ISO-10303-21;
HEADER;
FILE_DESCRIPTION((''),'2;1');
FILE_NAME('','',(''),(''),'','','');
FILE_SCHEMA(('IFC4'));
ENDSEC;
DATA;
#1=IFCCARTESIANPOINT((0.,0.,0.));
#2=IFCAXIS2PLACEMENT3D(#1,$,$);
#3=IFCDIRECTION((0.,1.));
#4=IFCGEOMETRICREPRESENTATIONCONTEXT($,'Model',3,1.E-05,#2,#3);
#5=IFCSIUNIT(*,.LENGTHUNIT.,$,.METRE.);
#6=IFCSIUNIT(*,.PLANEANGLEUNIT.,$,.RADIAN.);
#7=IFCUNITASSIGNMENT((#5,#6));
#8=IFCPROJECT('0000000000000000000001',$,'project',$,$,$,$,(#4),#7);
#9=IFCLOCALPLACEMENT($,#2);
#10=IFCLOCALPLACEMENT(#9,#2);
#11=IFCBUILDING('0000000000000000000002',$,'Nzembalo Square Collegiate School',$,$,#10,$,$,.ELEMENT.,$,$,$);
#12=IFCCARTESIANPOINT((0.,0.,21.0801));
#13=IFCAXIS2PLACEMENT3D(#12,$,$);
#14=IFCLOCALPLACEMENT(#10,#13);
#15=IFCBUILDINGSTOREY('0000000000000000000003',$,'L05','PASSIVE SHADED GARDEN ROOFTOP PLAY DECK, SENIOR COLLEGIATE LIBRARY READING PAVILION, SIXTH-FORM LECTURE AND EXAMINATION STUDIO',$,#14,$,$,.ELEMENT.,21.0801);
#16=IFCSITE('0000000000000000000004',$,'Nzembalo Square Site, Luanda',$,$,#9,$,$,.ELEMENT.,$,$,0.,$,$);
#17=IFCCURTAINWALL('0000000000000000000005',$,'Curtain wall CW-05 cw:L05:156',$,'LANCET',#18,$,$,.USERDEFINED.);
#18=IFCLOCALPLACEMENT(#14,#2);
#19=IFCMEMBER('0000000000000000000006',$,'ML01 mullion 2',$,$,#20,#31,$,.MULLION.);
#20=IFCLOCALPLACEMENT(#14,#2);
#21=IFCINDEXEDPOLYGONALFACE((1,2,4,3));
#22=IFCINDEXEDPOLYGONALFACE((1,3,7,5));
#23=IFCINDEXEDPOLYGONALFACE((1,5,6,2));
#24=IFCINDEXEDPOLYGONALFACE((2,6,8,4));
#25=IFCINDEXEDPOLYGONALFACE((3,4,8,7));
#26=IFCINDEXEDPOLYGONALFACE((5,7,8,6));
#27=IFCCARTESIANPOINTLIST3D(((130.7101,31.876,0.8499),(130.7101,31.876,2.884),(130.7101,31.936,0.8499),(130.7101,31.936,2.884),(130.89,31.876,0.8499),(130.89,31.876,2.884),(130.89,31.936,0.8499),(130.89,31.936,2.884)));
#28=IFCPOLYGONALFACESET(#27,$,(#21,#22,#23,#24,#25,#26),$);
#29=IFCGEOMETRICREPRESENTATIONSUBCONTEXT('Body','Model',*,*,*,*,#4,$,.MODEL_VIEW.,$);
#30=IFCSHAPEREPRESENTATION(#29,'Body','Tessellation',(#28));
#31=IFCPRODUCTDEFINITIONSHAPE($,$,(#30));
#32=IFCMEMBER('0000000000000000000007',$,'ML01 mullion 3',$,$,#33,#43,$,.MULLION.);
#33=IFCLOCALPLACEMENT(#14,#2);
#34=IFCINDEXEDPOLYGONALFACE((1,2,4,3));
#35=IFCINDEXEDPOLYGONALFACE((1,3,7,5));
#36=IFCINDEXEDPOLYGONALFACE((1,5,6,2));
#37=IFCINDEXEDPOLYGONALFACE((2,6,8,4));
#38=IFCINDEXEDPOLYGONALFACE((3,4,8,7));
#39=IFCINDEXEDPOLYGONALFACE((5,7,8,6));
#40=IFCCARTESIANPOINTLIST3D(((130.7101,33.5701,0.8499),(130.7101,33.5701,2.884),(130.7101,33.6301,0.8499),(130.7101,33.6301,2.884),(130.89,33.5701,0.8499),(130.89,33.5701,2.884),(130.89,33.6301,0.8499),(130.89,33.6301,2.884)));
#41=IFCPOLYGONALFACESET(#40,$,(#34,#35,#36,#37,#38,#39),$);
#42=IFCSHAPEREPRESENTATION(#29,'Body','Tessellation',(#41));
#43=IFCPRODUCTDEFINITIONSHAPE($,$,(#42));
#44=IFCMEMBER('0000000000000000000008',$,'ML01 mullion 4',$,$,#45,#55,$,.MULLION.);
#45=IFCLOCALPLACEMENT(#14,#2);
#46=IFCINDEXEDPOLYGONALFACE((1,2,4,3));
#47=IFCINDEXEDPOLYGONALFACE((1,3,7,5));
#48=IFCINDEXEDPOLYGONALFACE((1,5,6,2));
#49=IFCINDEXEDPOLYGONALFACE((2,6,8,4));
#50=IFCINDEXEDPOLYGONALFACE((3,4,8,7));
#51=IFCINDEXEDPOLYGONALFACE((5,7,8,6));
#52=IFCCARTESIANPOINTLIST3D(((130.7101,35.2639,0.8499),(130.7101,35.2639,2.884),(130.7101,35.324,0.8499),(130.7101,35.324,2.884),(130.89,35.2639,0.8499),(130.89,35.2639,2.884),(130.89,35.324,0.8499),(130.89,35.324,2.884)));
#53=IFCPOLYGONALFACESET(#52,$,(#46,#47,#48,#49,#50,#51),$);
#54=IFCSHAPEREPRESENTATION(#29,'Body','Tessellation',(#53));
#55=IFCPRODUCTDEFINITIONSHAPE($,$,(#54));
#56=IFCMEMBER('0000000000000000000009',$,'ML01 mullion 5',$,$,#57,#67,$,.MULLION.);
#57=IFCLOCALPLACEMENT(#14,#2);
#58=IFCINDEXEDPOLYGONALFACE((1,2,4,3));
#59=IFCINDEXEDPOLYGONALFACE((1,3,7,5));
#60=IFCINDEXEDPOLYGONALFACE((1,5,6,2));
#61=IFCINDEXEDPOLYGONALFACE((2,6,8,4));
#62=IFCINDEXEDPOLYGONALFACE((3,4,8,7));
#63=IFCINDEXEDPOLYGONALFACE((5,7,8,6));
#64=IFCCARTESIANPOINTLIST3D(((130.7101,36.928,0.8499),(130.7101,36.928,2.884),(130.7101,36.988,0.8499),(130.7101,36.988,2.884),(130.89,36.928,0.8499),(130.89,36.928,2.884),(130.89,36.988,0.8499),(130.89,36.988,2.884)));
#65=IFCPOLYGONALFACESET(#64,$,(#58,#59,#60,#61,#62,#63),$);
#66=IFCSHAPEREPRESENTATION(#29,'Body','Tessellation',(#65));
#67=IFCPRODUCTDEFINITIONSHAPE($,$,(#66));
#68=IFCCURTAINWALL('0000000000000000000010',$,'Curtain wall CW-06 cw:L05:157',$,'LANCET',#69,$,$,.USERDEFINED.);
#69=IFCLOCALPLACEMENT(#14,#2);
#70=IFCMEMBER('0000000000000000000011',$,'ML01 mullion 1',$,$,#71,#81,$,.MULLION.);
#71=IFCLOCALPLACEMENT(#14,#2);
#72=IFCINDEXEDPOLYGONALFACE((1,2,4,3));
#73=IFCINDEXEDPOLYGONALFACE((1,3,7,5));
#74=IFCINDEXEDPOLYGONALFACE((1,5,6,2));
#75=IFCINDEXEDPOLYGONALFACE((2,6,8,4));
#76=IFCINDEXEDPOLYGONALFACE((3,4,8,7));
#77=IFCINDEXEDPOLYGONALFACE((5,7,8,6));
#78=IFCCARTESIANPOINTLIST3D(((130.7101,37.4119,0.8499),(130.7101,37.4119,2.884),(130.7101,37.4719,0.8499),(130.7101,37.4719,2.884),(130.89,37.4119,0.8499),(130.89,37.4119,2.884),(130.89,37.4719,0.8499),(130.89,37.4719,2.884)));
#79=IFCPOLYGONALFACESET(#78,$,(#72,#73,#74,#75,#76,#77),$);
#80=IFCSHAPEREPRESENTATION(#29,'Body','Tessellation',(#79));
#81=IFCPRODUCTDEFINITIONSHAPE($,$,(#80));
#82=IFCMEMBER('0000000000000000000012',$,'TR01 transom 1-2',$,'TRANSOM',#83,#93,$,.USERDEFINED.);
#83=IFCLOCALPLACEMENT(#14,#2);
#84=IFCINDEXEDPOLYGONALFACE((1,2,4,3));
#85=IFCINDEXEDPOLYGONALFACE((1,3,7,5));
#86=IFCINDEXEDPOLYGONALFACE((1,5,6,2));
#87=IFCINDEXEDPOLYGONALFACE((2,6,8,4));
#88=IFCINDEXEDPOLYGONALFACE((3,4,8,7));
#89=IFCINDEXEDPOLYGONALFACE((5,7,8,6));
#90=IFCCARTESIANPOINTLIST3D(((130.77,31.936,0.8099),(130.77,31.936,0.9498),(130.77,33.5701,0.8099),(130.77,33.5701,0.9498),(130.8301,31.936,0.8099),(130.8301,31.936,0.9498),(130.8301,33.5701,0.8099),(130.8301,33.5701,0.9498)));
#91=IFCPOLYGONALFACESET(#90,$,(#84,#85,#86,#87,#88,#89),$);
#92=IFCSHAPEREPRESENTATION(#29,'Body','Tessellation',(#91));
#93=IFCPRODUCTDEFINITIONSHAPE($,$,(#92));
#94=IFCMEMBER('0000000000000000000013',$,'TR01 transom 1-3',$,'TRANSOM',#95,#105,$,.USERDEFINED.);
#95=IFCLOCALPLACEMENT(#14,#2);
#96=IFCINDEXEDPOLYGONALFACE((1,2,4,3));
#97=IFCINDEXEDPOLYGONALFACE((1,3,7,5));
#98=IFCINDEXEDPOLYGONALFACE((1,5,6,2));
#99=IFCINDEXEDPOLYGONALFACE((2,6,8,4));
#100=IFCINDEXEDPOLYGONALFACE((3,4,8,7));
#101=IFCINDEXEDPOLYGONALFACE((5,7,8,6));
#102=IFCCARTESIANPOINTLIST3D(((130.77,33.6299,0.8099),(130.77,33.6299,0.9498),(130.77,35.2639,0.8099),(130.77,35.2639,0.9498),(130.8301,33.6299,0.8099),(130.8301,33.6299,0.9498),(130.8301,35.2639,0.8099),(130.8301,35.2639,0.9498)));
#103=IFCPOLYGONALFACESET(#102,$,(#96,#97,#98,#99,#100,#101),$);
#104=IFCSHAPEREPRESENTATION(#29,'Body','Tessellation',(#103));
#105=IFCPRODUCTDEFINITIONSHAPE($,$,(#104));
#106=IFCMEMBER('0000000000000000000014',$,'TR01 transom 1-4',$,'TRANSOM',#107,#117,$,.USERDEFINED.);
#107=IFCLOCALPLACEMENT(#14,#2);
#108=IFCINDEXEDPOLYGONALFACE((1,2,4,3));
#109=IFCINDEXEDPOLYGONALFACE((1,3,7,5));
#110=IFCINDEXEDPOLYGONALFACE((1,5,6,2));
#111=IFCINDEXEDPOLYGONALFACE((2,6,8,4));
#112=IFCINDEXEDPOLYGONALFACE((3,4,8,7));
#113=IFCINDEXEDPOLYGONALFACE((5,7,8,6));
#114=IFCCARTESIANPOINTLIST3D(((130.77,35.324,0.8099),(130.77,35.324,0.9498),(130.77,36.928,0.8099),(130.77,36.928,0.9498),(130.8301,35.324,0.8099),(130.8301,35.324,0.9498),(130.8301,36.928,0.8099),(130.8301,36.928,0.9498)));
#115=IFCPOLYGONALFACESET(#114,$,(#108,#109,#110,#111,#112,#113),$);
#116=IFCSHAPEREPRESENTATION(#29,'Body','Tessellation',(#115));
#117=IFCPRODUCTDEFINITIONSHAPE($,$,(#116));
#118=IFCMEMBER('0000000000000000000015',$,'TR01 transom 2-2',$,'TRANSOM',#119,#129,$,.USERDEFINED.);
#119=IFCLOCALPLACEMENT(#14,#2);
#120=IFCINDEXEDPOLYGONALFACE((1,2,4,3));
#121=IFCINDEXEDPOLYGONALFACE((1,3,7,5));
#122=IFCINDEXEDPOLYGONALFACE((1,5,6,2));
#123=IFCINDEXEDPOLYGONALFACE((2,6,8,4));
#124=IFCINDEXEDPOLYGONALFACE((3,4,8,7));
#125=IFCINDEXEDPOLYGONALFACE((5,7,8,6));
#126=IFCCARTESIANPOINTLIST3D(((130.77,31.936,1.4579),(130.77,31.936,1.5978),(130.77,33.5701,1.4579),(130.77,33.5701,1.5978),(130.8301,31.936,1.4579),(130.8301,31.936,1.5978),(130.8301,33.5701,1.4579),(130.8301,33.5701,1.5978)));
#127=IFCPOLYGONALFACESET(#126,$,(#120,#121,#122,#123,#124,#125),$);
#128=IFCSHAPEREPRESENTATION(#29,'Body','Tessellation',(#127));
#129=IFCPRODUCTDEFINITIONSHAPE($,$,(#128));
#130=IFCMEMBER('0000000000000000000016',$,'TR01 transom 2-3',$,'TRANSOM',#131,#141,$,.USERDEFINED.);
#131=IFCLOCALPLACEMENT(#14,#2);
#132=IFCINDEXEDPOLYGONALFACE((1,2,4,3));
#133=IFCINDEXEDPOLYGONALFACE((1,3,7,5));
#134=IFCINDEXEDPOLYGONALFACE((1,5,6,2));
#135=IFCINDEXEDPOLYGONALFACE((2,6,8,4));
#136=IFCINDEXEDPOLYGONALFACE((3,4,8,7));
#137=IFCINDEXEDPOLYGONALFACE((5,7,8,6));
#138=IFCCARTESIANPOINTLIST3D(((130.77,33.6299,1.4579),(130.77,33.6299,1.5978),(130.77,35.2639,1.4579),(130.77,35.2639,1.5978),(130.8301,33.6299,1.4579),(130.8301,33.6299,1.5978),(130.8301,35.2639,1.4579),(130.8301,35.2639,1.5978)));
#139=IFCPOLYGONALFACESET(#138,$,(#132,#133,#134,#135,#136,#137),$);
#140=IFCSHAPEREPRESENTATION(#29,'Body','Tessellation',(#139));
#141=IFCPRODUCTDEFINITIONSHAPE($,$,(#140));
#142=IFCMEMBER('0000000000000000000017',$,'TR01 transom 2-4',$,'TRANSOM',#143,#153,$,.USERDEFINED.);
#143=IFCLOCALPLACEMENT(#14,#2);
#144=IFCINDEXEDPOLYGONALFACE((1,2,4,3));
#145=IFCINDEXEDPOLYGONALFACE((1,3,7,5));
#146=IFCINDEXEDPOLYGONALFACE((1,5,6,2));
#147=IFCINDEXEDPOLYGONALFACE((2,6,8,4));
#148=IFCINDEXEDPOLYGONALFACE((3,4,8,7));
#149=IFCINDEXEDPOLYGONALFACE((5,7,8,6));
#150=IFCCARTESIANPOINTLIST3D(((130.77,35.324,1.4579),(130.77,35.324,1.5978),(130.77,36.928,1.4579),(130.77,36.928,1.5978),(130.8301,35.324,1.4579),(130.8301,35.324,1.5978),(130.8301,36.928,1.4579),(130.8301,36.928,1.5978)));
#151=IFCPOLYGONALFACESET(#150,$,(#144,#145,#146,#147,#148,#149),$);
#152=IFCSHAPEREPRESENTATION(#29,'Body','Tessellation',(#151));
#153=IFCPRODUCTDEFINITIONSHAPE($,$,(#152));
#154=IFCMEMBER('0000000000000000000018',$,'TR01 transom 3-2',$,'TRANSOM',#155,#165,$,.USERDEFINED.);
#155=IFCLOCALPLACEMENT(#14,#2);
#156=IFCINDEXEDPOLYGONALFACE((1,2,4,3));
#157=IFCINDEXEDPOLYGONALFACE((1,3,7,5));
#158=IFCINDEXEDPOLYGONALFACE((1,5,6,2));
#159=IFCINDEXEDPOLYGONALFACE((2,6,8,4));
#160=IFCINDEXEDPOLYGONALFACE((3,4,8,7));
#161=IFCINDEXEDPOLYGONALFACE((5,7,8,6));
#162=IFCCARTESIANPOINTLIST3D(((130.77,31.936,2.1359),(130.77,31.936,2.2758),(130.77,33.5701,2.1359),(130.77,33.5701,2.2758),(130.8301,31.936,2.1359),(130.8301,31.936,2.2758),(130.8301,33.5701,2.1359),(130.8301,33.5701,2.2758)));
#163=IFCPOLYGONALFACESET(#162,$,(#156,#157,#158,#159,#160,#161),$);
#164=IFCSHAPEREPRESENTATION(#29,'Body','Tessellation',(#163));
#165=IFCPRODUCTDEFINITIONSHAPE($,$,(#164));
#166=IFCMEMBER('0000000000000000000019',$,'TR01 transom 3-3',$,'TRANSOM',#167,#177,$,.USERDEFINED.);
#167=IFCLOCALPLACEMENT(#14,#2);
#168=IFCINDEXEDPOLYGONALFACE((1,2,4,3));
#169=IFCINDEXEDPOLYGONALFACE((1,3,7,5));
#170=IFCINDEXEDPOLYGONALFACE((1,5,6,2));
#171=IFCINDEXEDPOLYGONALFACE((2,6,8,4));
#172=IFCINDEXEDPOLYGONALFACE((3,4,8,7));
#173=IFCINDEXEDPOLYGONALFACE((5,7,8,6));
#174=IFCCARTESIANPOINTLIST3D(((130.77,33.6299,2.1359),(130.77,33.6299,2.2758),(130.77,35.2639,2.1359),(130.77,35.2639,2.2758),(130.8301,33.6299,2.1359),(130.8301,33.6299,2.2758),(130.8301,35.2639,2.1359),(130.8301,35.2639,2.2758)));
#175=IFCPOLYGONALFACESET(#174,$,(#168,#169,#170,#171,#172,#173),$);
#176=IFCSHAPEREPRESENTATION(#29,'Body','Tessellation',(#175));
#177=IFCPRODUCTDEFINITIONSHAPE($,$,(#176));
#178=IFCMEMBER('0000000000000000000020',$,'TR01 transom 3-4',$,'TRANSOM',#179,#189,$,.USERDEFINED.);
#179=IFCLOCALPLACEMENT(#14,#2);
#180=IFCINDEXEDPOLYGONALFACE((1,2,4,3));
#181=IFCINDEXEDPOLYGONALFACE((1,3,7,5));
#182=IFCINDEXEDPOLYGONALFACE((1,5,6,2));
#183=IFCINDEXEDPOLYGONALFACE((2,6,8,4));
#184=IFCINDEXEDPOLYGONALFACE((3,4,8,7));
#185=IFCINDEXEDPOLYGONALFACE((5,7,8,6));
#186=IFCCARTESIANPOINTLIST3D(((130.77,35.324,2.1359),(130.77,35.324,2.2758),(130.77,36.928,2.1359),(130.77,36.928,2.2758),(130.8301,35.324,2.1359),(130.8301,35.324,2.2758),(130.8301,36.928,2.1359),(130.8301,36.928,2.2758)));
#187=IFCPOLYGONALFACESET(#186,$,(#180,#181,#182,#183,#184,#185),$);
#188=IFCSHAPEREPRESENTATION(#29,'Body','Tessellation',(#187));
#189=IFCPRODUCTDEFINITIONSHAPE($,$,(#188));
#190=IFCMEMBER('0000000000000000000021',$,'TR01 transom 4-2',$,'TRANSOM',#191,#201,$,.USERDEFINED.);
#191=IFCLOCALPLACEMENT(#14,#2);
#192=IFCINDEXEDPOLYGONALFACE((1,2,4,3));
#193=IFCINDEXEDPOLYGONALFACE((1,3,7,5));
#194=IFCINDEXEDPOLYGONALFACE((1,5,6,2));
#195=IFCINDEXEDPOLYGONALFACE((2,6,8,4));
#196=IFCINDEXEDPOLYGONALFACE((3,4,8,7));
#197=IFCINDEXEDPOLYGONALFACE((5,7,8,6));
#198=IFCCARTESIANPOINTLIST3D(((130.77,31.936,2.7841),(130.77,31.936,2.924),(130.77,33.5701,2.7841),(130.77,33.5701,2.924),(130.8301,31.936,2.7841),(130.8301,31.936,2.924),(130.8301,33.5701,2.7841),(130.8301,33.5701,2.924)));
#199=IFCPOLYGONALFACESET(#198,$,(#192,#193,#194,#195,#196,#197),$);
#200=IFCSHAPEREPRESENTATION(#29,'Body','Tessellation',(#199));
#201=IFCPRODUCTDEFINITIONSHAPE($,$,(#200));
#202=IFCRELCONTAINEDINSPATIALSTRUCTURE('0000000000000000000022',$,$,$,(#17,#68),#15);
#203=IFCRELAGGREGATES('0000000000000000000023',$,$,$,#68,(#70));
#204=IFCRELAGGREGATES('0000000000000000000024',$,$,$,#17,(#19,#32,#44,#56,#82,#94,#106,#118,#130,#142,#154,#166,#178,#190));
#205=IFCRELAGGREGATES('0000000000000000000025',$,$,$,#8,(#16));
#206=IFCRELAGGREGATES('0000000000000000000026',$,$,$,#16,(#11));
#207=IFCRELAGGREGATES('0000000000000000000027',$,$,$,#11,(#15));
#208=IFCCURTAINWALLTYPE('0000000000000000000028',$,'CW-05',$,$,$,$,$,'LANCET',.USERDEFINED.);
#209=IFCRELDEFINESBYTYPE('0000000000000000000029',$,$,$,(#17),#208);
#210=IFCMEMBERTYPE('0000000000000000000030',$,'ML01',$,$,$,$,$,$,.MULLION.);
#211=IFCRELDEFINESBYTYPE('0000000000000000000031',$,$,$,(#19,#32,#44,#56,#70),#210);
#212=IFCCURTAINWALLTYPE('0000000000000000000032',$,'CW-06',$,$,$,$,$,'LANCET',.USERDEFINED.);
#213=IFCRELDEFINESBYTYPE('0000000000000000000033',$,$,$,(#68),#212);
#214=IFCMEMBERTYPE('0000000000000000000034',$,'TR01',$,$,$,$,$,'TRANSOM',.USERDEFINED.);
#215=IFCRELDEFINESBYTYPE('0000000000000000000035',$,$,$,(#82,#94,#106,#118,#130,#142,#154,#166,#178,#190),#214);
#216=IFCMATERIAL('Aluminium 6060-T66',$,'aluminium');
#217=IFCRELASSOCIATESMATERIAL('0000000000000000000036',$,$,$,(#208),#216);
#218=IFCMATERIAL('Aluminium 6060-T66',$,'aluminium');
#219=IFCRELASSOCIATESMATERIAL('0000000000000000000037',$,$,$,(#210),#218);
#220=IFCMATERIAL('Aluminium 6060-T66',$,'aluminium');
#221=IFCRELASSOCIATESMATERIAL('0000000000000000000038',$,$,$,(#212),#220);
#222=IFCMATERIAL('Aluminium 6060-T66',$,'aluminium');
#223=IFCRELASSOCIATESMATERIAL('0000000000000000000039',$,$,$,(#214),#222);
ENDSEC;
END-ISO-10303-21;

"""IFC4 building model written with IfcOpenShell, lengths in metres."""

from ifc_helpers import new_model, si_unit, direction, frame, origin, origin_2d, place, context, subcontext, project, spatial, rectangle, extrude, material, material_profile, profile_set, type_object, element, aggregate, save


model = new_model("IFC4")

# Units and contexts
model_context = context("Model", 3, precision=1e-05, world=origin(), true_north=direction((0.0, 1.0)))
body_context = subcontext(model_context, "Body", "Model", "MODEL_VIEW")
ifc_project = project(units=[si_unit("LENGTHUNIT", "METRE"), si_unit("PLANEANGLEUNIT", "RADIAN")], contexts=[model_context])

# Site, building, storey
site_placement = place(None, origin())
site = spatial("IfcSite", under=ifc_project, at=site_placement, Name="Nzembalo Square Site, Luanda", CompositionType="ELEMENT", RefElevation=0.0)
building_placement = place(site_placement, origin())
building = spatial("IfcBuilding", under=site, at=building_placement, Name="Nzembalo Square Collegiate School", CompositionType="ELEMENT")
storey_placement = place(building_placement, frame((0.0, 0.0, 21.0801)))
storey = spatial("IfcBuildingStorey", under=building, at=storey_placement, Name="L05", Description="PASSIVE SHADED GARDEN ROOFTOP PLAY DECK, SENIOR COLLEGIATE LIBRARY READING PAVILION, SIXTH-FORM LECTURE AND EXAMINATION STUDIO", CompositionType="ELEMENT", Elevation=21.0801)

# Curtain wall, members
ifc_material_1 = material(Name="Aluminium 6060-T66", Category="aluminium")
curtain_wall_type_1 = type_object("IfcCurtainWallType", Name="CW-05", ElementType="LANCET", PredefinedType="USERDEFINED", material=ifc_material_1)
curtain_wall_1_placement = place(storey_placement, origin())
curtain_wall_1 = element("IfcCurtainWall", 1, at=curtain_wall_1_placement, inside=storey, type_object=curtain_wall_type_1, Name="Curtain wall CW-05 cw:L05:156", ObjectType="LANCET", PredefinedType="USERDEFINED")
ifc_material_2 = material(Name="Aluminium 6060-T66", Category="aluminium")
ifc_material_profile_1 = material_profile(ifc_material_2, rectangle(XDim=0.0601, YDim=0.1799, at=origin_2d()), Name="ALU M60x180")
ifc_profile_set_1 = profile_set([ifc_material_profile_1], Name="Aluminium 6060-T66")
member_type_1 = type_object("IfcMemberType", Name="ML01", PredefinedType="MULLION", material=ifc_profile_set_1)
member_1_placement = place(storey_placement, frame((130.8, 31.906, 0.8499), z_axis=(0.0, 0.0, 1.0), x_axis=(0.0, 1.0, 0.0)))
member_1 = element("IfcMember", 2, at=member_1_placement, type_object=member_type_1, Name="ML01 mullion 2", PredefinedType="MULLION", context=body_context, shape_type="SweptSolid", body=[
    extrude(rectangle(XDim=0.0601, YDim=0.1799, at=origin_2d()), origin(), (0.0, 0.0, 1.0), 2.0342),
])
member_2_placement = place(storey_placement, frame((130.8, 33.6001, 0.8499), z_axis=(0.0, 0.0, 1.0), x_axis=(0.0, 1.0, 0.0)))
member_2 = element("IfcMember", 3, at=member_2_placement, type_object=member_type_1, Name="ML01 mullion 3", PredefinedType="MULLION", context=body_context, shape_type="SweptSolid", body=[
    extrude(rectangle(XDim=0.0601, YDim=0.1799, at=origin_2d()), origin(), (0.0, 0.0, 1.0), 2.0342),
])
member_3_placement = place(storey_placement, frame((130.8, 35.2939, 0.8499), z_axis=(0.0, 0.0, 1.0), x_axis=(0.0, 1.0, 0.0)))
member_3 = element("IfcMember", 4, at=member_3_placement, type_object=member_type_1, Name="ML01 mullion 4", PredefinedType="MULLION", context=body_context, shape_type="SweptSolid", body=[
    extrude(rectangle(XDim=0.0601, YDim=0.1799, at=origin_2d()), origin(), (0.0, 0.0, 1.0), 2.0342),
])
member_4_placement = place(storey_placement, frame((130.8, 36.958, 0.8499), z_axis=(0.0, 0.0, 1.0), x_axis=(0.0, 1.0, 0.0)))
member_4 = element("IfcMember", 5, at=member_4_placement, type_object=member_type_1, Name="ML01 mullion 5", PredefinedType="MULLION", context=body_context, shape_type="SweptSolid", body=[
    extrude(rectangle(XDim=0.0601, YDim=0.1799, at=origin_2d()), origin(), (0.0, 0.0, 1.0), 2.0342),
])

# Curtain wall, member
ifc_material_3 = material(Name="Aluminium 6060-T66", Category="aluminium")
curtain_wall_type_2 = type_object("IfcCurtainWallType", Name="CW-06", ElementType="LANCET", PredefinedType="USERDEFINED", material=ifc_material_3)
curtain_wall_2_placement = place(storey_placement, origin())
curtain_wall_2 = element("IfcCurtainWall", 6, at=curtain_wall_2_placement, inside=storey, type_object=curtain_wall_type_2, Name="Curtain wall CW-06 cw:L05:157", ObjectType="LANCET", PredefinedType="USERDEFINED")
member_5_placement = place(storey_placement, frame((130.8, 37.4419, 0.8499), z_axis=(0.0, 0.0, 1.0), x_axis=(0.0, 1.0, 0.0)))
member_5 = element("IfcMember", 7, at=member_5_placement, type_object=member_type_1, Name="ML01 mullion 1", PredefinedType="MULLION", context=body_context, shape_type="SweptSolid", body=[
    extrude(rectangle(XDim=0.0601, YDim=0.1799, at=origin_2d()), origin(), (0.0, 0.0, 1.0), 2.0342),
])

# Members
ifc_material_4 = material(Name="Aluminium 6060-T66", Category="aluminium")
ifc_material_profile_2 = material_profile(ifc_material_4, rectangle(XDim=0.0601, YDim=0.1399, at=origin_2d()), Name="ALU T60x140")
ifc_profile_set_2 = profile_set([ifc_material_profile_2], Name="Aluminium 6060-T66")
member_type_2 = type_object("IfcMemberType", Name="TR01", ElementType="TRANSOM", PredefinedType="USERDEFINED", material=ifc_profile_set_2)
member_6_placement = place(storey_placement, frame((130.8, 31.936, 0.8799), z_axis=(0.0, 1.0, 0.0), x_axis=(-1.0, 0.0, 0.0)))
member_6 = element("IfcMember", 8, at=member_6_placement, type_object=member_type_2, Name="TR01 transom 1-2", ObjectType="TRANSOM", PredefinedType="USERDEFINED", context=body_context, shape_type="SweptSolid", body=[
    extrude(rectangle(XDim=0.0601, YDim=0.1399, at=origin_2d()), origin(), (0.0, 0.0, 1.0), 1.634),
])
member_7_placement = place(storey_placement, frame((130.8, 33.6299, 0.8799), z_axis=(0.0, 1.0, 0.0), x_axis=(-1.0, 0.0, 0.0)))
member_7 = element("IfcMember", 9, at=member_7_placement, type_object=member_type_2, Name="TR01 transom 1-3", ObjectType="TRANSOM", PredefinedType="USERDEFINED", context=body_context, shape_type="SweptSolid", body=[
    extrude(rectangle(XDim=0.0601, YDim=0.1399, at=origin_2d()), origin(), (0.0, 0.0, 1.0), 1.634),
])
member_8_placement = place(storey_placement, frame((130.8, 35.324, 0.8799), z_axis=(0.0, 1.0, 0.0), x_axis=(-1.0, 0.0, 0.0)))
member_8 = element("IfcMember", 10, at=member_8_placement, type_object=member_type_2, Name="TR01 transom 1-4", ObjectType="TRANSOM", PredefinedType="USERDEFINED", context=body_context, shape_type="SweptSolid", body=[
    extrude(rectangle(XDim=0.0601, YDim=0.1399, at=origin_2d()), origin(), (0.0, 0.0, 1.0), 1.604),
])
member_9_placement = place(storey_placement, frame((130.8, 31.936, 1.5278), z_axis=(0.0, 1.0, 0.0), x_axis=(-1.0, 0.0, 0.0)))
member_9 = element("IfcMember", 11, at=member_9_placement, type_object=member_type_2, Name="TR01 transom 2-2", ObjectType="TRANSOM", PredefinedType="USERDEFINED", context=body_context, shape_type="SweptSolid", body=[
    extrude(rectangle(XDim=0.0601, YDim=0.1399, at=origin_2d()), origin(), (0.0, 0.0, 1.0), 1.634),
])
member_10_placement = place(storey_placement, frame((130.8, 33.6299, 1.5278), z_axis=(0.0, 1.0, 0.0), x_axis=(-1.0, 0.0, 0.0)))
member_10 = element("IfcMember", 12, at=member_10_placement, type_object=member_type_2, Name="TR01 transom 2-3", ObjectType="TRANSOM", PredefinedType="USERDEFINED", context=body_context, shape_type="SweptSolid", body=[
    extrude(rectangle(XDim=0.0601, YDim=0.1399, at=origin_2d()), origin(), (0.0, 0.0, 1.0), 1.634),
])
member_11_placement = place(storey_placement, frame((130.8, 35.324, 1.5278), z_axis=(0.0, 1.0, 0.0), x_axis=(-1.0, 0.0, 0.0)))
member_11 = element("IfcMember", 13, at=member_11_placement, type_object=member_type_2, Name="TR01 transom 2-4", ObjectType="TRANSOM", PredefinedType="USERDEFINED", context=body_context, shape_type="SweptSolid", body=[
    extrude(rectangle(XDim=0.0601, YDim=0.1399, at=origin_2d()), origin(), (0.0, 0.0, 1.0), 1.604),
])
member_12_placement = place(storey_placement, frame((130.8, 31.936, 2.2058), z_axis=(0.0, 1.0, 0.0), x_axis=(-1.0, 0.0, 0.0)))
member_12 = element("IfcMember", 14, at=member_12_placement, type_object=member_type_2, Name="TR01 transom 3-2", ObjectType="TRANSOM", PredefinedType="USERDEFINED", context=body_context, shape_type="SweptSolid", body=[
    extrude(rectangle(XDim=0.0601, YDim=0.1399, at=origin_2d()), origin(), (0.0, 0.0, 1.0), 1.634),
])
member_13_placement = place(storey_placement, frame((130.8, 33.6299, 2.2058), z_axis=(0.0, 1.0, 0.0), x_axis=(-1.0, 0.0, 0.0)))
member_13 = element("IfcMember", 15, at=member_13_placement, type_object=member_type_2, Name="TR01 transom 3-3", ObjectType="TRANSOM", PredefinedType="USERDEFINED", context=body_context, shape_type="SweptSolid", body=[
    extrude(rectangle(XDim=0.0601, YDim=0.1399, at=origin_2d()), origin(), (0.0, 0.0, 1.0), 1.634),
])
member_14_placement = place(storey_placement, frame((130.8, 35.324, 2.2058), z_axis=(0.0, 1.0, 0.0), x_axis=(-1.0, 0.0, 0.0)))
member_14 = element("IfcMember", 16, at=member_14_placement, type_object=member_type_2, Name="TR01 transom 3-4", ObjectType="TRANSOM", PredefinedType="USERDEFINED", context=body_context, shape_type="SweptSolid", body=[
    extrude(rectangle(XDim=0.0601, YDim=0.1399, at=origin_2d()), origin(), (0.0, 0.0, 1.0), 1.604),
])
member_15_placement = place(storey_placement, frame((130.8, 31.936, 2.854), z_axis=(0.0, 1.0, 0.0), x_axis=(-1.0, 0.0, 0.0)))
member_15 = element("IfcMember", 17, at=member_15_placement, type_object=member_type_2, Name="TR01 transom 4-2", ObjectType="TRANSOM", PredefinedType="USERDEFINED", context=body_context, shape_type="SweptSolid", body=[
    extrude(rectangle(XDim=0.0601, YDim=0.1399, at=origin_2d()), origin(), (0.0, 0.0, 1.0), 1.634),
])
aggregate(curtain_wall_2, [member_5])

aggregate(curtain_wall_1, [member_1, member_2, member_3, member_4, member_6, member_7, member_8, member_9, member_10, member_11, member_12, member_13, member_14, member_15])

save(model, "model.ifc")
